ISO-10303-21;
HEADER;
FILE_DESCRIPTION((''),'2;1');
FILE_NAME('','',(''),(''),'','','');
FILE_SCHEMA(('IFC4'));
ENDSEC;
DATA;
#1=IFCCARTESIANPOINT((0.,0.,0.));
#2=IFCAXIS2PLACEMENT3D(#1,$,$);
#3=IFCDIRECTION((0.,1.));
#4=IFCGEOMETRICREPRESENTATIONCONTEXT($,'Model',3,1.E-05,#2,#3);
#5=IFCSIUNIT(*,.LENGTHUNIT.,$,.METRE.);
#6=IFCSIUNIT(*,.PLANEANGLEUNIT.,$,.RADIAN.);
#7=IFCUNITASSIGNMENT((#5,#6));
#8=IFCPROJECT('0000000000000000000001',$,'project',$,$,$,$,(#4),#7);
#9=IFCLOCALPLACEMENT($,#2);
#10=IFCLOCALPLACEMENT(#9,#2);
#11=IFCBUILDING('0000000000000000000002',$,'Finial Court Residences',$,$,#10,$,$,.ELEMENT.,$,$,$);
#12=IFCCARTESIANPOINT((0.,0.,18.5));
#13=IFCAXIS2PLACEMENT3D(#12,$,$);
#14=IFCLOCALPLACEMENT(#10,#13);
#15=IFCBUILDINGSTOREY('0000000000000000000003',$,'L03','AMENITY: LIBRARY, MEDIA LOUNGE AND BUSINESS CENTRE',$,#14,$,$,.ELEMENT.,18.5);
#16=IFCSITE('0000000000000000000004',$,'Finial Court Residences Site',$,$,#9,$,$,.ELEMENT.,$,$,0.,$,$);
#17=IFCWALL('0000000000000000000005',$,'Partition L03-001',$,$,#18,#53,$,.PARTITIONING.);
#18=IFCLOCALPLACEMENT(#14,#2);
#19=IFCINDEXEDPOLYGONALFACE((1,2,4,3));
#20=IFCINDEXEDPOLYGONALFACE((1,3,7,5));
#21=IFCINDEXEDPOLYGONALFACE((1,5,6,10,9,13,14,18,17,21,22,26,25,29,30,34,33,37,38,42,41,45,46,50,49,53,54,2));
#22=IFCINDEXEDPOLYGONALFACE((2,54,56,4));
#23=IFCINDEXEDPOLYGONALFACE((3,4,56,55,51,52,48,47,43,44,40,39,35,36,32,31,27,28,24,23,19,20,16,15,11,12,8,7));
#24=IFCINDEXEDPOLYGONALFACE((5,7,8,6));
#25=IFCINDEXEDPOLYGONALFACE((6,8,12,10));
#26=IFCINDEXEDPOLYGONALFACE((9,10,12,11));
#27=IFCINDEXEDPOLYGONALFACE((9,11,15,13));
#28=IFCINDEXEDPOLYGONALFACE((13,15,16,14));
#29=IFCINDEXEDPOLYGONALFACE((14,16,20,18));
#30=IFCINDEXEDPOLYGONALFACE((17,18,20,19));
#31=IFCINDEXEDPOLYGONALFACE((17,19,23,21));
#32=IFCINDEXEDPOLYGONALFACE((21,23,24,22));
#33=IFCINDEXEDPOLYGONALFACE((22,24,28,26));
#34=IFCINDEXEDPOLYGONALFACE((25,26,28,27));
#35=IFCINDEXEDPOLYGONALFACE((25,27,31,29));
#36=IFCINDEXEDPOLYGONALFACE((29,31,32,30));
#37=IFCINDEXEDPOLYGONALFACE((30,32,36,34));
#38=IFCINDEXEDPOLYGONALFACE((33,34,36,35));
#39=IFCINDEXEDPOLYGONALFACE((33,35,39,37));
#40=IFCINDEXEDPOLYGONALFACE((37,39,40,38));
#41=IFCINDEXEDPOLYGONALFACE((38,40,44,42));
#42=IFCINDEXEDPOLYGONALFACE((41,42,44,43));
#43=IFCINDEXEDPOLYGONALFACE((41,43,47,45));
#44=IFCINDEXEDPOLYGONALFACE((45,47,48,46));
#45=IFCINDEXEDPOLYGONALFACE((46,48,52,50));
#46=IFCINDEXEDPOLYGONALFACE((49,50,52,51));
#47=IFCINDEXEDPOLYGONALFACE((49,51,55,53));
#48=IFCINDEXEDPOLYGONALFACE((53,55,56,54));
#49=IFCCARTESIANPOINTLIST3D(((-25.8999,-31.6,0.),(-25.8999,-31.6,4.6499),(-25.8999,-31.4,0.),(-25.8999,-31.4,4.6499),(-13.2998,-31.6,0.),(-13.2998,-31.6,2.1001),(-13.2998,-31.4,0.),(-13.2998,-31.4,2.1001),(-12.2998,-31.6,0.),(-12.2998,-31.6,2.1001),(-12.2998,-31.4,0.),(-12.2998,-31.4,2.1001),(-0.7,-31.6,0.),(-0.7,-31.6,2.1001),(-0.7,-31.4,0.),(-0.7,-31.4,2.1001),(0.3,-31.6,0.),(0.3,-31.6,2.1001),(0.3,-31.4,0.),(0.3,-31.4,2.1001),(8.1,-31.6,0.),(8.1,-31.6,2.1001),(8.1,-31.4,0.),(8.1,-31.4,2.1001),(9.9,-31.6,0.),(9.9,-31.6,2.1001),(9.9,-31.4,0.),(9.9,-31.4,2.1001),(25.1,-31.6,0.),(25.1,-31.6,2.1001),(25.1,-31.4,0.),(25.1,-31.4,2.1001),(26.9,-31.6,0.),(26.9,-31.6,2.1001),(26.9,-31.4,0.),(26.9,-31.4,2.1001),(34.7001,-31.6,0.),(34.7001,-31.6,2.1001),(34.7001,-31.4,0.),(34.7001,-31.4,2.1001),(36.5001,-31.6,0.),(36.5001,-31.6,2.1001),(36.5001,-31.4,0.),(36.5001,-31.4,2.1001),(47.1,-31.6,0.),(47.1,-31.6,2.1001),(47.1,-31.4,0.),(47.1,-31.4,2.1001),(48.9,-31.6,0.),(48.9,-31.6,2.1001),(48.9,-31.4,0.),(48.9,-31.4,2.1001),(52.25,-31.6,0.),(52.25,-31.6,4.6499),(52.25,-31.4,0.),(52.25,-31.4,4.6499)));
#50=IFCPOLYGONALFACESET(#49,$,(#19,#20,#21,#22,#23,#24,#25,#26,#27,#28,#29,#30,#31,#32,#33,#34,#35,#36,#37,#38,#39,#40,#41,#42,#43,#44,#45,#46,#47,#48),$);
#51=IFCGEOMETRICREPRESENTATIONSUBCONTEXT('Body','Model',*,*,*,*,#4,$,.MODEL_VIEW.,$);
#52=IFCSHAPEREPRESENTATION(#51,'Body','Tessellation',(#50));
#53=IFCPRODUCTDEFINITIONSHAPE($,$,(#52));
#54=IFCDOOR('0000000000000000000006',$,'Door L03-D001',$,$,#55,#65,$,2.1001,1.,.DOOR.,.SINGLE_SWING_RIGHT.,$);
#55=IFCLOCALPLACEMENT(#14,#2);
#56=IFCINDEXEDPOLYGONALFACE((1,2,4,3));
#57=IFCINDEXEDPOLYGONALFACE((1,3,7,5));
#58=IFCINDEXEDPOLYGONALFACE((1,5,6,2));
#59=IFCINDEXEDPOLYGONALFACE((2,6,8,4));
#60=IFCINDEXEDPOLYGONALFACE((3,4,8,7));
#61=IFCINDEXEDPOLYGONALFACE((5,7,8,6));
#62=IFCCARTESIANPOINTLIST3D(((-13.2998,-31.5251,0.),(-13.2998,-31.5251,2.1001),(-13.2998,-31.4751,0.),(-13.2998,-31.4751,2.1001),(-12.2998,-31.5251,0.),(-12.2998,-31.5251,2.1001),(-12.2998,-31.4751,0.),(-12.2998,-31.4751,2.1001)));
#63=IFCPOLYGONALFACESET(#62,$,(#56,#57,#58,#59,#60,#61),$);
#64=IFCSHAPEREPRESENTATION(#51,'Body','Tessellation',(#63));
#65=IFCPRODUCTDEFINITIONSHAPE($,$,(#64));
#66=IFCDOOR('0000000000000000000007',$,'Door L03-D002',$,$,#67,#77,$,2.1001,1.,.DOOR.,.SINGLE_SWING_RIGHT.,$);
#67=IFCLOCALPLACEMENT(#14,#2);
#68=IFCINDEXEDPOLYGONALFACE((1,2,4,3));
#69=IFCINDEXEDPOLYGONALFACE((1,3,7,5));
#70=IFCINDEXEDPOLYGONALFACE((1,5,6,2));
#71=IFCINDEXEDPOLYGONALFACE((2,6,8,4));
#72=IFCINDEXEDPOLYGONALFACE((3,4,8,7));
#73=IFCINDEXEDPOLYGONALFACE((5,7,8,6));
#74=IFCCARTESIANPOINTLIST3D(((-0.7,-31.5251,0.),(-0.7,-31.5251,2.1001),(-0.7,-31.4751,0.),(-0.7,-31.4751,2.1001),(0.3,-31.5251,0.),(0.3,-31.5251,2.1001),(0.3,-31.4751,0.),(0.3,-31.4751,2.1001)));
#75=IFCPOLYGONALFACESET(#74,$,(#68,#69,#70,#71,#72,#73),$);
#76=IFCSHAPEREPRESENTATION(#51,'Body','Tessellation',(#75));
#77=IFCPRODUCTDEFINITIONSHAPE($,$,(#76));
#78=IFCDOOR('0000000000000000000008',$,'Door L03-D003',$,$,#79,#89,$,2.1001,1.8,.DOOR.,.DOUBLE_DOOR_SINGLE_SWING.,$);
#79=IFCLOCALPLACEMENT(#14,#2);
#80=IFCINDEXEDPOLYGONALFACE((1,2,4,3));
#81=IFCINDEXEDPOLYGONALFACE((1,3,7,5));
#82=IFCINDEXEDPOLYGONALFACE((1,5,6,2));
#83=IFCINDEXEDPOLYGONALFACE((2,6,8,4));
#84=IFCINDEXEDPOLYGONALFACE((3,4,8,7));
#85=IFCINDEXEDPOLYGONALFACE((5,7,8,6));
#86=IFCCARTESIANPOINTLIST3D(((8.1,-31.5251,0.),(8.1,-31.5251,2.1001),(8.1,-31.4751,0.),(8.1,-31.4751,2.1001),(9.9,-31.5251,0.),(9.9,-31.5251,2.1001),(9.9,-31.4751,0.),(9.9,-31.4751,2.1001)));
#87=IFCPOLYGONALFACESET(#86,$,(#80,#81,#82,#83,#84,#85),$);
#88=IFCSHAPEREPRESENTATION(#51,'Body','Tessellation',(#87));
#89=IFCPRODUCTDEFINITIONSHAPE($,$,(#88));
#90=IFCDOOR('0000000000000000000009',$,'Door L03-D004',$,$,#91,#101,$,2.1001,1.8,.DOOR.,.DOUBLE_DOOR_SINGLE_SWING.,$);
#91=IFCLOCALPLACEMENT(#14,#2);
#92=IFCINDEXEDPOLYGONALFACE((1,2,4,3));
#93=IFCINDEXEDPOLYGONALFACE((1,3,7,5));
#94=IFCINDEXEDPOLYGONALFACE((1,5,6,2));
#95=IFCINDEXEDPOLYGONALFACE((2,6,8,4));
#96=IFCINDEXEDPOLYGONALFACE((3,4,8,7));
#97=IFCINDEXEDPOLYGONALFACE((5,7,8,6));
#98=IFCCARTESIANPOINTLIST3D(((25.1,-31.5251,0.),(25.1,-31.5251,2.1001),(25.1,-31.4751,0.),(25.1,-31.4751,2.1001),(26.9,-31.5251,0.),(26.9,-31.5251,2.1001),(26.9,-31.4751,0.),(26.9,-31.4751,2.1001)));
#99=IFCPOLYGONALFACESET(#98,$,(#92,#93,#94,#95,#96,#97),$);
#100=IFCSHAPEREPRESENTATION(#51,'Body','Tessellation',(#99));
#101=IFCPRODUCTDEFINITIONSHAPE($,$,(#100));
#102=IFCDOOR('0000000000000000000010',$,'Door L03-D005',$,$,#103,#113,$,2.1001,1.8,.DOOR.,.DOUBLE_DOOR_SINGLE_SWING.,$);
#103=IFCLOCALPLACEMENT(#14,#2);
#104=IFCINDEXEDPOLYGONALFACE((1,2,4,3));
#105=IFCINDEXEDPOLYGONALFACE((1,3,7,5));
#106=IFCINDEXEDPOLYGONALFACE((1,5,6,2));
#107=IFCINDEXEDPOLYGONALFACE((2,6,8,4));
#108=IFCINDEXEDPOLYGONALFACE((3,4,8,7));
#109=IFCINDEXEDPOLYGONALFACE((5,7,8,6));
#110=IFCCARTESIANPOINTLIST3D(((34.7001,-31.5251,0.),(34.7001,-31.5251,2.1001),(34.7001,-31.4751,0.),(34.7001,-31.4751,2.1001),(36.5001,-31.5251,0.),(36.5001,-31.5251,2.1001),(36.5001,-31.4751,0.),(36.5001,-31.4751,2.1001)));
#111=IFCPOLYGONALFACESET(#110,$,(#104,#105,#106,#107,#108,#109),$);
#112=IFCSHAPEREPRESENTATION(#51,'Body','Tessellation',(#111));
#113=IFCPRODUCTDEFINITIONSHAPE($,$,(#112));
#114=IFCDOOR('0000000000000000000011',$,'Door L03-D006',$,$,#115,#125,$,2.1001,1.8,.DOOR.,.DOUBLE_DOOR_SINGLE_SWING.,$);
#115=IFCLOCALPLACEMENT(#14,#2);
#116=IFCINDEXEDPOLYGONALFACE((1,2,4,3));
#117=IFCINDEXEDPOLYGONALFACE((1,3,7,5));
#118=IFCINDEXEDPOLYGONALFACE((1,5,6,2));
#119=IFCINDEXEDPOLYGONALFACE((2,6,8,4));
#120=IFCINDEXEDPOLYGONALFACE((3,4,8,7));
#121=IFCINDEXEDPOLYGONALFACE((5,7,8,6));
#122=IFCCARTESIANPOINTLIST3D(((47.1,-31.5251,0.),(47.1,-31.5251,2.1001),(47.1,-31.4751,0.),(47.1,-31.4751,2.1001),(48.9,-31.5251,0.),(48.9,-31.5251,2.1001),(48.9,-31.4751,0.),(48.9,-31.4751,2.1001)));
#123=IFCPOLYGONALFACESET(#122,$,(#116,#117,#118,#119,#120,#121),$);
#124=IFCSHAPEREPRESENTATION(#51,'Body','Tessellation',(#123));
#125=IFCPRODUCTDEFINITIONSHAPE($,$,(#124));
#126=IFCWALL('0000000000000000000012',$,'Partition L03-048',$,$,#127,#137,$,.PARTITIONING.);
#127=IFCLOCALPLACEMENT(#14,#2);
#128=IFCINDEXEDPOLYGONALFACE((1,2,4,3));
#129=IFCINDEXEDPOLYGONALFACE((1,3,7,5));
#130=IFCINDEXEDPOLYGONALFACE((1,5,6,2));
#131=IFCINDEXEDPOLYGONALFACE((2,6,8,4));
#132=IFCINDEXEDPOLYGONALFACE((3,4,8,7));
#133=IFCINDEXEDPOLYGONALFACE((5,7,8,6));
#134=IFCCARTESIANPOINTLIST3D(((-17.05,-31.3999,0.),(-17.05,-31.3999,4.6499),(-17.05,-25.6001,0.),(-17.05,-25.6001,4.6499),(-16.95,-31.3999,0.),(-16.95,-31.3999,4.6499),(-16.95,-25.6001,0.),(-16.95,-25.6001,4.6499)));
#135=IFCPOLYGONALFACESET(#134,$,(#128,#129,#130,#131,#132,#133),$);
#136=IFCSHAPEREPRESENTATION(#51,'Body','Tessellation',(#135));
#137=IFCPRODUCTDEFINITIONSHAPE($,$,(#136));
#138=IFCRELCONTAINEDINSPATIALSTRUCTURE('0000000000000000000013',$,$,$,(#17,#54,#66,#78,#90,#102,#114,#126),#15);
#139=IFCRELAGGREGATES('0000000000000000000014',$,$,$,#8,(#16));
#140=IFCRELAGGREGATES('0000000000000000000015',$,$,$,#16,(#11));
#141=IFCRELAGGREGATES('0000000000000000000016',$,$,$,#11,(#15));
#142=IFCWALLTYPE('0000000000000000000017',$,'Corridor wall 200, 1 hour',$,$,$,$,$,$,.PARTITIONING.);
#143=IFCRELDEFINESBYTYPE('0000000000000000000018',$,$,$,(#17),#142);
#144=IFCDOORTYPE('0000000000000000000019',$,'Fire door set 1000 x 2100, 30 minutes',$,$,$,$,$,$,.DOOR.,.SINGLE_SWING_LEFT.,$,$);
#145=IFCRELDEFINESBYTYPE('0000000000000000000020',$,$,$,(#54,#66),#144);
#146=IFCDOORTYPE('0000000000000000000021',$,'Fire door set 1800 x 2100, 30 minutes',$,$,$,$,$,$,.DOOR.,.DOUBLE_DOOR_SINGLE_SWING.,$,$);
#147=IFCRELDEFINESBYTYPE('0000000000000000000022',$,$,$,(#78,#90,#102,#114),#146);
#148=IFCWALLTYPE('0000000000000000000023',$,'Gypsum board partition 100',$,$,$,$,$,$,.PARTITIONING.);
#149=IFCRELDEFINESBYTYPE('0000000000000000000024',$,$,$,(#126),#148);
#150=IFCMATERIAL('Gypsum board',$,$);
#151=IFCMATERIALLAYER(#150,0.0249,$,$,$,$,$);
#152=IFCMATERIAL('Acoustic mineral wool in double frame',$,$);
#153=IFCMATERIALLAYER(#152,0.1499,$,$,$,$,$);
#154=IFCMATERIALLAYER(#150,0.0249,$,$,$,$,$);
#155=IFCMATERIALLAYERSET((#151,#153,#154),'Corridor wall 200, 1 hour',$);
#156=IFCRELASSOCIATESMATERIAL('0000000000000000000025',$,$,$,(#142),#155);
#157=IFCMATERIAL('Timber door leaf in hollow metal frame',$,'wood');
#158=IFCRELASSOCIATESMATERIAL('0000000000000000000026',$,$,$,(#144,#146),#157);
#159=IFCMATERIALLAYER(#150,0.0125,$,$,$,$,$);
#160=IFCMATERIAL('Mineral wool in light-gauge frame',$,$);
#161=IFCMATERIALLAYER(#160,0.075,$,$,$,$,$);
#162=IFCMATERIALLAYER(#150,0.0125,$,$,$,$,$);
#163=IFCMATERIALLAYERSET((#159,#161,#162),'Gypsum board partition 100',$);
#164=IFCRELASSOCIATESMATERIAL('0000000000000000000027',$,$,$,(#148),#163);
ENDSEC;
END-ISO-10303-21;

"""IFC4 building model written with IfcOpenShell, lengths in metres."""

from ifc_helpers import new_model, si_unit, direction, frame, frame_2d, origin, place, context, subcontext, project, spatial, rectangle, extrude, material, layer, layer_set, type_object, element, fill, save


model = new_model("IFC4")

# Units and contexts
model_context = context("Model", 3, precision=1e-05, world=origin(), true_north=direction((0.0, 1.0)))
body_context = subcontext(model_context, "Body", "Model", "MODEL_VIEW")
ifc_project = project(units=[si_unit("LENGTHUNIT", "METRE"), si_unit("PLANEANGLEUNIT", "RADIAN")], contexts=[model_context])

# Site, building, storey
site_placement = place(None, origin())
site = spatial("IfcSite", under=ifc_project, at=site_placement, Name="Finial Court Residences Site", CompositionType="ELEMENT", RefElevation=0.0)
building_placement = place(site_placement, origin())
building = spatial("IfcBuilding", under=site, at=building_placement, Name="Finial Court Residences", CompositionType="ELEMENT")
storey_placement = place(building_placement, frame((0.0, 0.0, 18.5)))
storey = spatial("IfcBuildingStorey", under=building, at=storey_placement, Name="L03", Description="AMENITY: LIBRARY, MEDIA LOUNGE AND BUSINESS CENTRE", CompositionType="ELEMENT", Elevation=18.5)

# Wall, openings, doors
ifc_material_1 = material(Name="Gypsum board")
ifc_layer_1 = layer(ifc_material_1, 0.0249)
ifc_material_2 = material(Name="Acoustic mineral wool in double frame")
ifc_layer_2 = layer(ifc_material_2, 0.1499)
ifc_layer_3 = layer(ifc_material_1, 0.0249)
ifc_layer_set_1 = layer_set([ifc_layer_1, ifc_layer_2, ifc_layer_3], Name="Corridor wall 200, 1 hour")
wall_type_1 = type_object("IfcWallType", Name="Corridor wall 200, 1 hour", PredefinedType="PARTITIONING", material=ifc_layer_set_1)
wall_1_placement = place(storey_placement, frame((-25.8999, -31.5, 0.0), z_axis=(0.0, 0.0, 1.0), x_axis=(1.0, 0.0, 0.0)))
wall_1 = element("IfcWall", 1, at=wall_1_placement, inside=storey, type_object=wall_type_1, Name="Partition L03-001", PredefinedType="PARTITIONING", context=body_context, shape_type="SweptSolid", body=[
    extrude(rectangle(XDim=78.1499, YDim=0.2, at=frame_2d((39.075, 0.0))), origin(), (0.0, 0.0, 1.0), 4.6499),
])
opening_1_placement = place(wall_1_placement, frame((12.6001, 0.0, 0.0)))
opening_1 = element("IfcOpeningElement", 2, at=opening_1_placement, cuts=wall_1, PredefinedType="OPENING", context=body_context, shape_type="SweptSolid", body=[
    extrude(rectangle(XDim=1.0, YDim=2.1001, at=frame_2d((0.5, 1.05))), frame((0.0, 0.1099, 0.0), z_axis=(0.0, -1.0, 0.0), x_axis=(1.0, 0.0, 0.0)), (0.0, 0.0, 1.0), 0.22),
])
opening_2_placement = place(wall_1_placement, frame((25.2, 0.0, 0.0)))
opening_2 = element("IfcOpeningElement", 3, at=opening_2_placement, cuts=wall_1, PredefinedType="OPENING", context=body_context, shape_type="SweptSolid", body=[
    extrude(rectangle(XDim=1.0, YDim=2.1001, at=frame_2d((0.5, 1.05))), frame((0.0, 0.1099, 0.0), z_axis=(0.0, -1.0, 0.0), x_axis=(1.0, 0.0, 0.0)), (0.0, 0.0, 1.0), 0.22),
])
opening_3_placement = place(wall_1_placement, frame((34.0, 0.0, 0.0)))
opening_3 = element("IfcOpeningElement", 4, at=opening_3_placement, cuts=wall_1, PredefinedType="OPENING", context=body_context, shape_type="SweptSolid", body=[
    extrude(rectangle(XDim=1.8, YDim=2.1001, at=frame_2d((0.8999, 1.05))), frame((0.0, 0.1099, 0.0), z_axis=(0.0, -1.0, 0.0), x_axis=(1.0, 0.0, 0.0)), (0.0, 0.0, 1.0), 0.22),
])
opening_4_placement = place(wall_1_placement, frame((51.0, 0.0, 0.0)))
opening_4 = element("IfcOpeningElement", 5, at=opening_4_placement, cuts=wall_1, PredefinedType="OPENING", context=body_context, shape_type="SweptSolid", body=[
    extrude(rectangle(XDim=1.8, YDim=2.1001, at=frame_2d((0.8999, 1.05))), frame((0.0, 0.1099, 0.0), z_axis=(0.0, -1.0, 0.0), x_axis=(1.0, 0.0, 0.0)), (0.0, 0.0, 1.0), 0.22),
])
opening_5_placement = place(wall_1_placement, frame((60.6001, 0.0, 0.0)))
opening_5 = element("IfcOpeningElement", 6, at=opening_5_placement, cuts=wall_1, PredefinedType="OPENING", context=body_context, shape_type="SweptSolid", body=[
    extrude(rectangle(XDim=1.8, YDim=2.1001, at=frame_2d((0.8999, 1.05))), frame((0.0, 0.1099, 0.0), z_axis=(0.0, -1.0, 0.0), x_axis=(1.0, 0.0, 0.0)), (0.0, 0.0, 1.0), 0.22),
])
opening_6_placement = place(wall_1_placement, frame((73.0, 0.0, 0.0)))
opening_6 = element("IfcOpeningElement", 7, at=opening_6_placement, cuts=wall_1, PredefinedType="OPENING", context=body_context, shape_type="SweptSolid", body=[
    extrude(rectangle(XDim=1.8, YDim=2.1001, at=frame_2d((0.8999, 1.05))), frame((0.0, 0.1099, 0.0), z_axis=(0.0, -1.0, 0.0), x_axis=(1.0, 0.0, 0.0)), (0.0, 0.0, 1.0), 0.22),
])
ifc_material_3 = material(Name="Timber door leaf in hollow metal frame", Category="wood")
door_type_1 = type_object("IfcDoorType", Name="Fire door set 1000 x 2100, 30 minutes", OperationType="SINGLE_SWING_LEFT", PredefinedType="DOOR", material=ifc_material_3)
door_1_placement = place(opening_1_placement, origin())
door_1 = element("IfcDoor", 8, at=door_1_placement, inside=storey, type_object=door_type_1, Name="Door L03-D001", OperationType="SINGLE_SWING_RIGHT", OverallHeight=2.1001, OverallWidth=1.0, PredefinedType="DOOR", context=body_context, shape_type="SweptSolid", body=[
    extrude(rectangle(XDim=1.0, YDim=2.1001, at=frame_2d((0.5, 1.05))), frame((0.0, 0.0249, 0.0), z_axis=(0.0, -1.0, 0.0), x_axis=(1.0, 0.0, 0.0)), (0.0, 0.0, 1.0), 0.05),
])
fill(opening_1, door_1)
door_2_placement = place(opening_2_placement, origin())
door_2 = element("IfcDoor", 9, at=door_2_placement, inside=storey, type_object=door_type_1, Name="Door L03-D002", OperationType="SINGLE_SWING_RIGHT", OverallHeight=2.1001, OverallWidth=1.0, PredefinedType="DOOR", context=body_context, shape_type="SweptSolid", body=[
    extrude(rectangle(XDim=1.0, YDim=2.1001, at=frame_2d((0.5, 1.05))), frame((0.0, 0.0249, 0.0), z_axis=(0.0, -1.0, 0.0), x_axis=(1.0, 0.0, 0.0)), (0.0, 0.0, 1.0), 0.05),
])
fill(opening_2, door_2)
door_type_2 = type_object("IfcDoorType", Name="Fire door set 1800 x 2100, 30 minutes", OperationType="DOUBLE_DOOR_SINGLE_SWING", PredefinedType="DOOR", material=ifc_material_3)
door_3_placement = place(opening_3_placement, origin())
door_3 = element("IfcDoor", 10, at=door_3_placement, inside=storey, type_object=door_type_2, Name="Door L03-D003", OperationType="DOUBLE_DOOR_SINGLE_SWING", OverallHeight=2.1001, OverallWidth=1.8, PredefinedType="DOOR", context=body_context, shape_type="SweptSolid", body=[
    extrude(rectangle(XDim=1.8, YDim=2.1001, at=frame_2d((0.8999, 1.05))), frame((0.0, 0.0249, 0.0), z_axis=(0.0, -1.0, 0.0), x_axis=(1.0, 0.0, 0.0)), (0.0, 0.0, 1.0), 0.05),
])
fill(opening_3, door_3)
door_4_placement = place(opening_4_placement, origin())
door_4 = element("IfcDoor", 11, at=door_4_placement, inside=storey, type_object=door_type_2, Name="Door L03-D004", OperationType="DOUBLE_DOOR_SINGLE_SWING", OverallHeight=2.1001, OverallWidth=1.8, PredefinedType="DOOR", context=body_context, shape_type="SweptSolid", body=[
    extrude(rectangle(XDim=1.8, YDim=2.1001, at=frame_2d((0.8999, 1.05))), frame((0.0, 0.0249, 0.0), z_axis=(0.0, -1.0, 0.0), x_axis=(1.0, 0.0, 0.0)), (0.0, 0.0, 1.0), 0.05),
])
fill(opening_4, door_4)
door_5_placement = place(opening_5_placement, origin())
door_5 = element("IfcDoor", 12, at=door_5_placement, inside=storey, type_object=door_type_2, Name="Door L03-D005", OperationType="DOUBLE_DOOR_SINGLE_SWING", OverallHeight=2.1001, OverallWidth=1.8, PredefinedType="DOOR", context=body_context, shape_type="SweptSolid", body=[
    extrude(rectangle(XDim=1.8, YDim=2.1001, at=frame_2d((0.8999, 1.05))), frame((0.0, 0.0249, 0.0), z_axis=(0.0, -1.0, 0.0), x_axis=(1.0, 0.0, 0.0)), (0.0, 0.0, 1.0), 0.05),
])
fill(opening_5, door_5)
door_6_placement = place(opening_6_placement, origin())
door_6 = element("IfcDoor", 13, at=door_6_placement, inside=storey, type_object=door_type_2, Name="Door L03-D006", OperationType="DOUBLE_DOOR_SINGLE_SWING", OverallHeight=2.1001, OverallWidth=1.8, PredefinedType="DOOR", context=body_context, shape_type="SweptSolid", body=[
    extrude(rectangle(XDim=1.8, YDim=2.1001, at=frame_2d((0.8999, 1.05))), frame((0.0, 0.0249, 0.0), z_axis=(0.0, -1.0, 0.0), x_axis=(1.0, 0.0, 0.0)), (0.0, 0.0, 1.0), 0.05),
])
fill(opening_6, door_6)

# Wall
ifc_layer_4 = layer(ifc_material_1, 0.0125)
ifc_material_4 = material(Name="Mineral wool in light-gauge frame")
ifc_layer_5 = layer(ifc_material_4, 0.075)
ifc_layer_6 = layer(ifc_material_1, 0.0125)
ifc_layer_set_2 = layer_set([ifc_layer_4, ifc_layer_5, ifc_layer_6], Name="Gypsum board partition 100")
wall_type_2 = type_object("IfcWallType", Name="Gypsum board partition 100", PredefinedType="PARTITIONING", material=ifc_layer_set_2)
wall_2_placement = place(storey_placement, frame((-17.0, -31.3999, 0.0), z_axis=(0.0, 0.0, 1.0), x_axis=(0.0, 1.0, 0.0)))
element("IfcWall", 14, at=wall_2_placement, inside=storey, type_object=wall_type_2, Name="Partition L03-048", PredefinedType="PARTITIONING", context=body_context, shape_type="SweptSolid", body=[
    extrude(rectangle(XDim=5.7998, YDim=0.1001, at=frame_2d((2.8999, 0.0))), origin(), (0.0, 0.0, 1.0), 4.6499),
])

save(model, "model.ifc")
